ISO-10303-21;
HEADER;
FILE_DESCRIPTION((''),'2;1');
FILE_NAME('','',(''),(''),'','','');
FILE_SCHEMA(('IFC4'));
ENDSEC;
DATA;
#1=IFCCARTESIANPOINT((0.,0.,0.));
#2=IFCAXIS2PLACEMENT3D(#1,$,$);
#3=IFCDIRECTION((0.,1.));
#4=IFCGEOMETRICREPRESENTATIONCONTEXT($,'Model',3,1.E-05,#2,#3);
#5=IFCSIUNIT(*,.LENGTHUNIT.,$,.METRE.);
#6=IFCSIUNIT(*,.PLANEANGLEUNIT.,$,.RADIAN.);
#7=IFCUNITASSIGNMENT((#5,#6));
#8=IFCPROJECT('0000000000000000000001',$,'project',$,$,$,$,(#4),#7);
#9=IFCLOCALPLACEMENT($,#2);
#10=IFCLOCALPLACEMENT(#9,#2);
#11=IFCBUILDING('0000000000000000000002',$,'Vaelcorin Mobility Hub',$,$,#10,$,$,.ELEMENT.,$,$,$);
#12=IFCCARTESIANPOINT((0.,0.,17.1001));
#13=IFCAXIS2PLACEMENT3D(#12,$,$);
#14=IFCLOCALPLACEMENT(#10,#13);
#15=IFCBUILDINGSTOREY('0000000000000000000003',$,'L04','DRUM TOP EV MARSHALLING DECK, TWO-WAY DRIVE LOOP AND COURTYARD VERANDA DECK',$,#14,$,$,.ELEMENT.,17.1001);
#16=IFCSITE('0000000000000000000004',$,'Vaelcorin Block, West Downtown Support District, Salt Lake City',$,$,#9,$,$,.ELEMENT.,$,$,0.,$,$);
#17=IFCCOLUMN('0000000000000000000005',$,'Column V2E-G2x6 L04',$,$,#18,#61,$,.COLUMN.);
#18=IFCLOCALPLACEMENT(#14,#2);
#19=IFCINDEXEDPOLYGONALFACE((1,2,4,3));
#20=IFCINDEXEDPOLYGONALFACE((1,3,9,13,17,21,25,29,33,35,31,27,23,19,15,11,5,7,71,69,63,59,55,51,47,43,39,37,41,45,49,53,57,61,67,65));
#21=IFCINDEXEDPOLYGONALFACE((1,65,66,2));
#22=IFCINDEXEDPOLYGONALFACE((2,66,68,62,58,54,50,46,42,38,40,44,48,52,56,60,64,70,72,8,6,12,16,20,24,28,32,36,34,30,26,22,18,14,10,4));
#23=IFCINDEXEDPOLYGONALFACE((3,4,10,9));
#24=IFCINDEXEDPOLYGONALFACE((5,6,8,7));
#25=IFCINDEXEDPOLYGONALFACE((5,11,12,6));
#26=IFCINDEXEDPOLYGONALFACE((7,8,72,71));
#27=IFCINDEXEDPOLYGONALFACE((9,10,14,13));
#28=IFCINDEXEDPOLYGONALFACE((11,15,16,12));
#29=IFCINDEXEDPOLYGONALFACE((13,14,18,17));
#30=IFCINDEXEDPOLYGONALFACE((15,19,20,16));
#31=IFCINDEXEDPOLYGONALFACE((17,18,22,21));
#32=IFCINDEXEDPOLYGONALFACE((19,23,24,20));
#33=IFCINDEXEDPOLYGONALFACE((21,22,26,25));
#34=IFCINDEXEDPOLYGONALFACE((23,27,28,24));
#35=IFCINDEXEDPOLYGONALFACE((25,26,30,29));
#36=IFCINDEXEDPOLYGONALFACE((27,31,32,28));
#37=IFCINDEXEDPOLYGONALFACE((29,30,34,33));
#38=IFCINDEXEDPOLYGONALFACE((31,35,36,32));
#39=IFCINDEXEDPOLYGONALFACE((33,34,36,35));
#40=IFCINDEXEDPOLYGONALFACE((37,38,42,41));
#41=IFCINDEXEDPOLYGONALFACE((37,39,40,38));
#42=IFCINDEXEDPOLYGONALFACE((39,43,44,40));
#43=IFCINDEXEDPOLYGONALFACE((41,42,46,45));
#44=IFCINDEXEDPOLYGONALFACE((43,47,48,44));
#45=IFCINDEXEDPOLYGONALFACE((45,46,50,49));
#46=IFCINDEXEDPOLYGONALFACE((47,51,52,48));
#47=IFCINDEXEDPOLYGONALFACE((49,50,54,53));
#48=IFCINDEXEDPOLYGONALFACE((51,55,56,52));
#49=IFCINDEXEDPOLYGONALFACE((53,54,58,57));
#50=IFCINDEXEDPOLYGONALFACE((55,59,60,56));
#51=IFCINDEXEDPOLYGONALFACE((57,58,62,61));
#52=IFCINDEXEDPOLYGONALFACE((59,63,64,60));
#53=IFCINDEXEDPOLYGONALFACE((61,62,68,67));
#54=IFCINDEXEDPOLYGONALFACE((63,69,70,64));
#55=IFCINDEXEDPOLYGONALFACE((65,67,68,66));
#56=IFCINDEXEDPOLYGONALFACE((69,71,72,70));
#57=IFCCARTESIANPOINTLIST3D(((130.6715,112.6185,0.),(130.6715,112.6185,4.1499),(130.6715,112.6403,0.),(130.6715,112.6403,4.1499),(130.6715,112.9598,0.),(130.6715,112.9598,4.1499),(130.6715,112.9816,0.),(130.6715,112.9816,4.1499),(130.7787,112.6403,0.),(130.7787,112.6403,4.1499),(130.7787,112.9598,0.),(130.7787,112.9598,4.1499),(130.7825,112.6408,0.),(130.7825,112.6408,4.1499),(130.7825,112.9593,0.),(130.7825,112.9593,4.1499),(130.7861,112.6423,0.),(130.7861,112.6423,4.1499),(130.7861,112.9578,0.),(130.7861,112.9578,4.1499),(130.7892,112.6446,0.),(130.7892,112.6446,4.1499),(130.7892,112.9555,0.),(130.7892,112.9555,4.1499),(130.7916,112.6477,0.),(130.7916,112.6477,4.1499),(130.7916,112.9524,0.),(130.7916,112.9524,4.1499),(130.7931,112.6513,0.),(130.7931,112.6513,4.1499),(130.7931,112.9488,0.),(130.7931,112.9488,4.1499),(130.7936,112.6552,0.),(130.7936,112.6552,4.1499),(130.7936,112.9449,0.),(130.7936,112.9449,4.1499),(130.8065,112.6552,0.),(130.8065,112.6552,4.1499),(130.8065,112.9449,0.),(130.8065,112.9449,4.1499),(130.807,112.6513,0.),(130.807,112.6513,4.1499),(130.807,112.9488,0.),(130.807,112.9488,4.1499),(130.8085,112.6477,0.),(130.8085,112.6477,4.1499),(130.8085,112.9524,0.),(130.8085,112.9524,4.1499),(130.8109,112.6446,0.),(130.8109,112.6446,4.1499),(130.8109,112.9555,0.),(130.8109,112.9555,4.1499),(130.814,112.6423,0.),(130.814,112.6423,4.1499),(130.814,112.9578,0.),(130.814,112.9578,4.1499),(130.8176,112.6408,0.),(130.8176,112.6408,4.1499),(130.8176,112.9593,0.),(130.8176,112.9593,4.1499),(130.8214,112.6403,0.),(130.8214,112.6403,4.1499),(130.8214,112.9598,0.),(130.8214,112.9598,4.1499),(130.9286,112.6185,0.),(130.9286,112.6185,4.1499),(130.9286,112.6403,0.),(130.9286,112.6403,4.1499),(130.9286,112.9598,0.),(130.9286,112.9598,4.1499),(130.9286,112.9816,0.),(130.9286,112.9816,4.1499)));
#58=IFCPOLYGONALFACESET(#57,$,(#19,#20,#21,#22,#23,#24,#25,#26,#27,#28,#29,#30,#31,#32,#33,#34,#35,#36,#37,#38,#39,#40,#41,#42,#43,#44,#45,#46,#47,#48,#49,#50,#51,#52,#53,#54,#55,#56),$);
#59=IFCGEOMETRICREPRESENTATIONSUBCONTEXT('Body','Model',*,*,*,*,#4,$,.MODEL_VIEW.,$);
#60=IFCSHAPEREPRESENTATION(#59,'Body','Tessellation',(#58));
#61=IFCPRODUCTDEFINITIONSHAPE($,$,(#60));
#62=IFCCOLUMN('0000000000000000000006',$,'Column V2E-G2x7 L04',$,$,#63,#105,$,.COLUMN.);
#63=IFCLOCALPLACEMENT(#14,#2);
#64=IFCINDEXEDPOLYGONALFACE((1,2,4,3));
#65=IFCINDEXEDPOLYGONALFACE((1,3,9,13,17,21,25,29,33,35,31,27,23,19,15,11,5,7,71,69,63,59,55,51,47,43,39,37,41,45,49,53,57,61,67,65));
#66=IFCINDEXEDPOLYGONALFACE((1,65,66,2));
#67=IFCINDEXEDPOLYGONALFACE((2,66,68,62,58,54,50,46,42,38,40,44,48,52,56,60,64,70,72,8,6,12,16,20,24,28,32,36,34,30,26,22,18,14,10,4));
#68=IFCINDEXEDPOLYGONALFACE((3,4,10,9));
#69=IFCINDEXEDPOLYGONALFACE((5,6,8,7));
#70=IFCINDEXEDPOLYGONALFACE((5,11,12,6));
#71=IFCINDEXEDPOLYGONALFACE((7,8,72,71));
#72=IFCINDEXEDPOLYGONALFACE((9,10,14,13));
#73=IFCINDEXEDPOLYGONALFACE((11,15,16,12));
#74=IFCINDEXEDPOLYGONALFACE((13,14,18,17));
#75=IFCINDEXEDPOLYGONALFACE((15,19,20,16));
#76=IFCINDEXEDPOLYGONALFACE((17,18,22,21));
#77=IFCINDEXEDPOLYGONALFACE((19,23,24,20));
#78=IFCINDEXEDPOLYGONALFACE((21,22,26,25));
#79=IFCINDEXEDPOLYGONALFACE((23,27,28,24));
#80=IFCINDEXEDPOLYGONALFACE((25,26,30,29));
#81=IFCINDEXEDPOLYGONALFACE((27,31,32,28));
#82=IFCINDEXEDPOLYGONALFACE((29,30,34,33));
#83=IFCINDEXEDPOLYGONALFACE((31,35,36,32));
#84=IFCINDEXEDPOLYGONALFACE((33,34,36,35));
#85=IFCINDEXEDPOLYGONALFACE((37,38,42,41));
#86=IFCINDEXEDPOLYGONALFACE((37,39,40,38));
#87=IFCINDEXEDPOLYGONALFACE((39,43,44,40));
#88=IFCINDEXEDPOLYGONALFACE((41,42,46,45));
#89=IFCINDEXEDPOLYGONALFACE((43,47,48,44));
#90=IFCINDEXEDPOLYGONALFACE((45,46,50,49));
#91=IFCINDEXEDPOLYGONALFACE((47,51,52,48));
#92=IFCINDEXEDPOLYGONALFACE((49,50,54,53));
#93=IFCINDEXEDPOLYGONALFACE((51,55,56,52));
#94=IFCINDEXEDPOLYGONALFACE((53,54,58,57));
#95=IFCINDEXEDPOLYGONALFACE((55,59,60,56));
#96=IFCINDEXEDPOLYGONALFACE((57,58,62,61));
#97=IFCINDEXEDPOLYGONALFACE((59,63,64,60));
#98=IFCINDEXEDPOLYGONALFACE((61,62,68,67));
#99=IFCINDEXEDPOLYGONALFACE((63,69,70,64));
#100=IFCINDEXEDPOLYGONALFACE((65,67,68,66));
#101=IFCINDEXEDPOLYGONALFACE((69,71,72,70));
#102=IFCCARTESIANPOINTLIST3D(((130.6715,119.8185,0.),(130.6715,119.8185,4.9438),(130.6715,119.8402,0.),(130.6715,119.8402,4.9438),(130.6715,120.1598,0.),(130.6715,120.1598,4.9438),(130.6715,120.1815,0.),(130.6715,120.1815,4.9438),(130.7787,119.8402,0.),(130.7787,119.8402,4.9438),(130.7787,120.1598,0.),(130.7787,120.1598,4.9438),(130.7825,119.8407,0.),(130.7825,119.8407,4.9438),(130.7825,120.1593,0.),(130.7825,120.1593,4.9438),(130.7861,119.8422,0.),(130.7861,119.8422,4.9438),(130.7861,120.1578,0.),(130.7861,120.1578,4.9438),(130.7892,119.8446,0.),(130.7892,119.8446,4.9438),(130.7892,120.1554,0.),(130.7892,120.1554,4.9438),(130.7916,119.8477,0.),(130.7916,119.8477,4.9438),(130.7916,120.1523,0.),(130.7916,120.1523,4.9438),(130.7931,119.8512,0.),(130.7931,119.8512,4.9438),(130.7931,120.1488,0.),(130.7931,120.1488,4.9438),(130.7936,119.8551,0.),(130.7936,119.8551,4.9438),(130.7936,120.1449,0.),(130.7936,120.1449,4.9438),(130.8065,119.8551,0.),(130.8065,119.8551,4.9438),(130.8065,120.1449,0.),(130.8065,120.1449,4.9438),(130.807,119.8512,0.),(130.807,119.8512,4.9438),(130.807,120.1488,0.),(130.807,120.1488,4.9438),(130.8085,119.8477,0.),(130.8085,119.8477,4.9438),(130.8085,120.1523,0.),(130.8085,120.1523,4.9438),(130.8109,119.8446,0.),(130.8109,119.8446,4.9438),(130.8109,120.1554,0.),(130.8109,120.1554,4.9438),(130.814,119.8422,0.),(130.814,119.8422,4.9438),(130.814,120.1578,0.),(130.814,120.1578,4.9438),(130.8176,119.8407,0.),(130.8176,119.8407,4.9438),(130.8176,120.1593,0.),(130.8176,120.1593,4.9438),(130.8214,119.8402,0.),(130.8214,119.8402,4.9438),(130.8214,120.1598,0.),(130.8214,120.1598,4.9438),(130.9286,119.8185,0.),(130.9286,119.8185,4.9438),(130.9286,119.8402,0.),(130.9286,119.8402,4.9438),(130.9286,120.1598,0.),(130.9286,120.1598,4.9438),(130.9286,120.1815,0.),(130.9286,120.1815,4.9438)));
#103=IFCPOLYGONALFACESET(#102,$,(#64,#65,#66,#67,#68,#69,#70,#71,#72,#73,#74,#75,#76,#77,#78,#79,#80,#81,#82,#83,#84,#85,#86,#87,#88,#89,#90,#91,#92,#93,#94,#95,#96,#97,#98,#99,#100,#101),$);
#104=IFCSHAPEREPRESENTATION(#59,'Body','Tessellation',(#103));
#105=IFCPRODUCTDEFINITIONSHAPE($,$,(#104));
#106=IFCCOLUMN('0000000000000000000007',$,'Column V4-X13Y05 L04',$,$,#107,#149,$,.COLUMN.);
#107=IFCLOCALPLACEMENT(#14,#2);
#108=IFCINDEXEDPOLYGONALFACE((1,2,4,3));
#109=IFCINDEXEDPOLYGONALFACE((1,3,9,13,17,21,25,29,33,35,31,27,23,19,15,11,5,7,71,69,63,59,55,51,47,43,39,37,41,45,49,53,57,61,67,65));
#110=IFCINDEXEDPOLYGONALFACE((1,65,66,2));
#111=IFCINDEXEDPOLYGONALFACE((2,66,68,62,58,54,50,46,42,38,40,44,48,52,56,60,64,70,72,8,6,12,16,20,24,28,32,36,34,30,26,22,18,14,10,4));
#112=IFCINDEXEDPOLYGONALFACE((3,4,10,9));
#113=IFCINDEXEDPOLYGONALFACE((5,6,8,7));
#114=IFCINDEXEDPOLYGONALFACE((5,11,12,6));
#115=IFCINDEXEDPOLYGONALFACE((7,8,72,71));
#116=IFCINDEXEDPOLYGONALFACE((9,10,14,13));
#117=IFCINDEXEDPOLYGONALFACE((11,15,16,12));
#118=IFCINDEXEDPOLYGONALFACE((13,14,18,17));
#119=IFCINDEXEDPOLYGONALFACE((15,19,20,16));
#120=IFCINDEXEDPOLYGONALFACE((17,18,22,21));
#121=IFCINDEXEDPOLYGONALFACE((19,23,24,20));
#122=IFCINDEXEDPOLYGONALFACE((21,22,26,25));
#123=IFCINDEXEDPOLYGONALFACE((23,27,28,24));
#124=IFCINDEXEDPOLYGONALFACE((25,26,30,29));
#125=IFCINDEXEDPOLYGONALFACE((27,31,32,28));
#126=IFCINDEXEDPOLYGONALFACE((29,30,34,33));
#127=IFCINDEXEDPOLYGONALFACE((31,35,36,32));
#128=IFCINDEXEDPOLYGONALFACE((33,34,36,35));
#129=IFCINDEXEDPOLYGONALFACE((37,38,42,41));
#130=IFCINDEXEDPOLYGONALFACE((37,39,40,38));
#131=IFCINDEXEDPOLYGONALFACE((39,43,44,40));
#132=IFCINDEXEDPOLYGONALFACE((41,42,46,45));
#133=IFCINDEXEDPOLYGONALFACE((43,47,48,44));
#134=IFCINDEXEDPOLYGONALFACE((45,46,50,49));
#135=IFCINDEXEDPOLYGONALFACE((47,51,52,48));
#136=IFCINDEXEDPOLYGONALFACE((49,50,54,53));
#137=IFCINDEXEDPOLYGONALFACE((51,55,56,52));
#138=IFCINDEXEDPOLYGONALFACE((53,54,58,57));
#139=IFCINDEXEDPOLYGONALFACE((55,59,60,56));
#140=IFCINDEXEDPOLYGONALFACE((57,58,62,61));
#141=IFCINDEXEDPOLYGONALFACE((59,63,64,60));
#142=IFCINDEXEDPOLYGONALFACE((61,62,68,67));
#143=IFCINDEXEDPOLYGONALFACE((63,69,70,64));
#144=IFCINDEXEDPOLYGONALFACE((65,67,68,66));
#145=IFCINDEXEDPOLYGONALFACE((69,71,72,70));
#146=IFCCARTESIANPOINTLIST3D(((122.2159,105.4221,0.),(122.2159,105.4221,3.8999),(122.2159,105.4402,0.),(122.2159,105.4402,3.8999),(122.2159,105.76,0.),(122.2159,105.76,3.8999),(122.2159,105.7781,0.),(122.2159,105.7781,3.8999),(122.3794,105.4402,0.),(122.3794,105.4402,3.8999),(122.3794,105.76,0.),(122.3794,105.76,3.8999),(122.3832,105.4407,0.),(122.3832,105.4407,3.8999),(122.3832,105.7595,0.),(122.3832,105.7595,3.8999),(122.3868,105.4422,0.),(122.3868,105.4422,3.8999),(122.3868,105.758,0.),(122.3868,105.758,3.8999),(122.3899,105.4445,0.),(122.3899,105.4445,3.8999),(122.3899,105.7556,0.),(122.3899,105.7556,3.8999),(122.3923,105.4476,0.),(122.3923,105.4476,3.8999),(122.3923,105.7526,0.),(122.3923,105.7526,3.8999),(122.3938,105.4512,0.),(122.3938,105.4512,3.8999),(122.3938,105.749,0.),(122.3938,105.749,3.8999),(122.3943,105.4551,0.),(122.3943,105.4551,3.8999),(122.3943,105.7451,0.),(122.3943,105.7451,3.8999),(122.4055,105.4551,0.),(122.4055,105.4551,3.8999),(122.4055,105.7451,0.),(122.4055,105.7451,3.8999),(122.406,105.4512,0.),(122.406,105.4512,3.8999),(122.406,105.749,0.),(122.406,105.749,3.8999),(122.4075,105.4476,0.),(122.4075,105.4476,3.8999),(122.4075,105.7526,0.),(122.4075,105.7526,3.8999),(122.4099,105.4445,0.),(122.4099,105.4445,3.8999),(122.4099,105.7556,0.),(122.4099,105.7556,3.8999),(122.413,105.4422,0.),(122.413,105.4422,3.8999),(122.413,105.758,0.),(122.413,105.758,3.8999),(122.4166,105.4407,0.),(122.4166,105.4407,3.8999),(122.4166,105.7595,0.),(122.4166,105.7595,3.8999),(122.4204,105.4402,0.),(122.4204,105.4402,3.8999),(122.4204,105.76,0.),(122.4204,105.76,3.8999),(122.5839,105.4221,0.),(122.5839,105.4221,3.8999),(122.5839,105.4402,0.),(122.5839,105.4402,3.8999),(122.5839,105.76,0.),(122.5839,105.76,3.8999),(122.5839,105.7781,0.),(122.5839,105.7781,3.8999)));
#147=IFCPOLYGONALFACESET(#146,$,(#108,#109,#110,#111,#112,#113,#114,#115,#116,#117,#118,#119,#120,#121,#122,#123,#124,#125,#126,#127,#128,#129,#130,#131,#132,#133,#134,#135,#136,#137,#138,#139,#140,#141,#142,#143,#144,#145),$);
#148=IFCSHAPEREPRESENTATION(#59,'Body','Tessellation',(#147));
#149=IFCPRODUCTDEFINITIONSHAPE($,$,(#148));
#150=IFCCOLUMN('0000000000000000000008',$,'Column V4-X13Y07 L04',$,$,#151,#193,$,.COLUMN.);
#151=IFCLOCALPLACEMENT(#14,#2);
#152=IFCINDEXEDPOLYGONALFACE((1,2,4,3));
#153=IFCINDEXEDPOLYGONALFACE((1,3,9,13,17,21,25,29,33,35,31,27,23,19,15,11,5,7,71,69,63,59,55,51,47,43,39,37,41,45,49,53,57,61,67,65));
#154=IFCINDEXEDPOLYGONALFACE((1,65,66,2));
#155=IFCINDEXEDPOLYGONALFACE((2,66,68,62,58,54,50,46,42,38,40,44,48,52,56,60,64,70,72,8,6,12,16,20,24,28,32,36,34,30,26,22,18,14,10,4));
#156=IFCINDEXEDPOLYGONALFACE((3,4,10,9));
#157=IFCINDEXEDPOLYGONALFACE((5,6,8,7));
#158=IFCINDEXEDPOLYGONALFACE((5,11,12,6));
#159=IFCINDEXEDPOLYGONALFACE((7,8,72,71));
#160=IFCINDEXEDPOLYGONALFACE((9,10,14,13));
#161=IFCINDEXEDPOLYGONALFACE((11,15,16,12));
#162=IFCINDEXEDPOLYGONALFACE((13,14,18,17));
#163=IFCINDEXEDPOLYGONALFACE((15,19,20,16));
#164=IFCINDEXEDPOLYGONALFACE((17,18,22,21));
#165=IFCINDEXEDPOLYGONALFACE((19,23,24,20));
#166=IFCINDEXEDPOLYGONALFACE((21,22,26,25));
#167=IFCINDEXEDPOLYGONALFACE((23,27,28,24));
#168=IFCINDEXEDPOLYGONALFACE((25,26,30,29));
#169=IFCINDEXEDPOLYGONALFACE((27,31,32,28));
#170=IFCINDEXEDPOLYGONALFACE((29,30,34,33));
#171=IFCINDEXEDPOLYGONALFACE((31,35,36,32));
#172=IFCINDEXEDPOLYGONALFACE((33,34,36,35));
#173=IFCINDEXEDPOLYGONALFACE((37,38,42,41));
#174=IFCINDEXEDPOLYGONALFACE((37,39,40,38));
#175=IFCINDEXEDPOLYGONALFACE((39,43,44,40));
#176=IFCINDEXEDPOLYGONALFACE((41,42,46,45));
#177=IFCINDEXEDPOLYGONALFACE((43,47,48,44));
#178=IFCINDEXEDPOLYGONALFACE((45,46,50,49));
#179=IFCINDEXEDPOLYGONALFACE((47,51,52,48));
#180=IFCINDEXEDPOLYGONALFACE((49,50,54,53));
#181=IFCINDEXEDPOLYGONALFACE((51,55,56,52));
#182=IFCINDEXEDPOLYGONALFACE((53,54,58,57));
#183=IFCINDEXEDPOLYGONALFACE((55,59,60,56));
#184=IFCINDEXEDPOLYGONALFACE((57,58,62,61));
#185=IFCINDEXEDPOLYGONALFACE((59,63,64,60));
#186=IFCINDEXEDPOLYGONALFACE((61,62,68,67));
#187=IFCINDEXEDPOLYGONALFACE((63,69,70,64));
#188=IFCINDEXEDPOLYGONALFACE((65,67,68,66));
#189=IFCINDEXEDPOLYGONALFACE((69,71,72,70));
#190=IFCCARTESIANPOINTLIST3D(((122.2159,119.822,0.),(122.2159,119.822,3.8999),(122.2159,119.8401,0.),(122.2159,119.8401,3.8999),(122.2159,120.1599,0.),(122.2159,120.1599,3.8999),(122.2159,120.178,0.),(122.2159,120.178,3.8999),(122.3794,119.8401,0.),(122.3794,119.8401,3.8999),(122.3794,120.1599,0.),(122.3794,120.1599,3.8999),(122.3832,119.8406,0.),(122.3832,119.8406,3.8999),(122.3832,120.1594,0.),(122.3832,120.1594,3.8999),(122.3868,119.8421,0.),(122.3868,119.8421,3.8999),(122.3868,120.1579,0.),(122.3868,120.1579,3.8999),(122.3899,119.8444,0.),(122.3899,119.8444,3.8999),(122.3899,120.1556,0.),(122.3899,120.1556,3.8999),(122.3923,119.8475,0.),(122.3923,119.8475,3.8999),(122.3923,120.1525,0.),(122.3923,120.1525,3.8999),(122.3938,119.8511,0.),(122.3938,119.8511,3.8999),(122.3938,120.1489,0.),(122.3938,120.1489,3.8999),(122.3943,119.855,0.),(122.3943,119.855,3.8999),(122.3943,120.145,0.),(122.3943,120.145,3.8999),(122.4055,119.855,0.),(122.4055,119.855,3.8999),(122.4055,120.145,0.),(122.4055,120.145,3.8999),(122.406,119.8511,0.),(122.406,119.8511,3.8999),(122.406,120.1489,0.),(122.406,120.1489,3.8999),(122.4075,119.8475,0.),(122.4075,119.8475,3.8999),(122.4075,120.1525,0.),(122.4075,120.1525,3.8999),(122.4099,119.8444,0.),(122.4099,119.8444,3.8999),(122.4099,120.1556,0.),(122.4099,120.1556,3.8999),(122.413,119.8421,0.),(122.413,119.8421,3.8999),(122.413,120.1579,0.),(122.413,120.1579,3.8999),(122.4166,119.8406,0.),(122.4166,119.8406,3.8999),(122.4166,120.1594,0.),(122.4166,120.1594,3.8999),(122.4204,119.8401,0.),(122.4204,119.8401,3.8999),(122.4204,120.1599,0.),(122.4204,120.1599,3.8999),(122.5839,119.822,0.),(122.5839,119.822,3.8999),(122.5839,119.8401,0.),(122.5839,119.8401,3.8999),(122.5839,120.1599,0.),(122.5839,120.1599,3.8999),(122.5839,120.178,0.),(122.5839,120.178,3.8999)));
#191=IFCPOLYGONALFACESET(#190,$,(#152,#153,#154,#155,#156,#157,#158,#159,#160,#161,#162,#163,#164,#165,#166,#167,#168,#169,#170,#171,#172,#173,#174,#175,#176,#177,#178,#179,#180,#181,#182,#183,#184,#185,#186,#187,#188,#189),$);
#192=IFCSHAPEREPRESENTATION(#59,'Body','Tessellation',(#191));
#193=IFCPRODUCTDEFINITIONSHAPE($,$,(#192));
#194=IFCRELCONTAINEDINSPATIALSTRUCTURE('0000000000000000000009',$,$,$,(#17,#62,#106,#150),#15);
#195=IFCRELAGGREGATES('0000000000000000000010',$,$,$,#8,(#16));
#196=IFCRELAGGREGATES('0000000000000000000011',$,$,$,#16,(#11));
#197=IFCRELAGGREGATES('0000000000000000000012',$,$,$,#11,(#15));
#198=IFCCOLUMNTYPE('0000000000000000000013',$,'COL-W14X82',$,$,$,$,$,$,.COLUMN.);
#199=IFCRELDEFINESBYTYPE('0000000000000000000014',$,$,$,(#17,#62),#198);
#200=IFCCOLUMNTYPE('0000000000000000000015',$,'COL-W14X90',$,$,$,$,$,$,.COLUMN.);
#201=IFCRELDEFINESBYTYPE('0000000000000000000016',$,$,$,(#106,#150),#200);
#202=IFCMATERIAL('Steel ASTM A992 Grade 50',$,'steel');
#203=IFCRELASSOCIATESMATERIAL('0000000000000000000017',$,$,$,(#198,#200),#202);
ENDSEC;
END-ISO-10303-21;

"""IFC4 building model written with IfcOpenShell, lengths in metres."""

from ifc_helpers import new_model, si_unit, direction, frame, origin, origin_2d, place, context, subcontext, project, spatial, i_section, extrude, material, material_profile, profile_set, type_object, element, save


model = new_model("IFC4")

# Units and contexts
model_context = context("Model", 3, precision=1e-05, world=origin(), true_north=direction((0.0, 1.0)))
body_context = subcontext(model_context, "Body", "Model", "MODEL_VIEW")
ifc_project = project(units=[si_unit("LENGTHUNIT", "METRE"), si_unit("PLANEANGLEUNIT", "RADIAN")], contexts=[model_context])

# Site, building, storey
site_placement = place(None, origin())
site = spatial("IfcSite", under=ifc_project, at=site_placement, Name="Vaelcorin Block, West Downtown Support District, Salt Lake City", CompositionType="ELEMENT", RefElevation=0.0)
building_placement = place(site_placement, origin())
building = spatial("IfcBuilding", under=site, at=building_placement, Name="Vaelcorin Mobility Hub", CompositionType="ELEMENT")
storey_placement = place(building_placement, frame((0.0, 0.0, 17.1001)))
storey = spatial("IfcBuildingStorey", under=building, at=storey_placement, Name="L04", Description="DRUM TOP EV MARSHALLING DECK, TWO-WAY DRIVE LOOP AND COURTYARD VERANDA DECK", CompositionType="ELEMENT", Elevation=17.1001)

# Columns
ifc_material_1 = material(Name="Steel ASTM A992 Grade 50", Category="steel")
ifc_material_profile_1 = material_profile(ifc_material_1, i_section(OverallWidth=0.2571, OverallDepth=0.363, WebThickness=0.0129, FlangeThickness=0.0217, FilletRadius=0.0149, at=origin_2d()), Name="W14X82")
ifc_profile_set_1 = profile_set([ifc_material_profile_1], Name="Steel ASTM A992 Grade 50")
column_type_1 = type_object("IfcColumnType", Name="COL-W14X82", PredefinedType="COLUMN", material=ifc_profile_set_1)
column_1_placement = place(storey_placement, frame((130.8, 112.8, 0.0), z_axis=(0.0, 0.0, 1.0), x_axis=(1.0, 0.0, 0.0)))
element("IfcColumn", 1, at=column_1_placement, inside=storey, type_object=column_type_1, Name="Column V2E-G2x6 L04", PredefinedType="COLUMN", context=body_context, shape_type="SweptSolid", body=[
    extrude(i_section(OverallWidth=0.2571, OverallDepth=0.363, WebThickness=0.0129, FlangeThickness=0.0217, FilletRadius=0.0149, at=origin_2d()), origin(), (0.0, 0.0, 1.0), 4.1499),
])
column_2_placement = place(storey_placement, frame((130.8, 120.0, 0.0), z_axis=(0.0, 0.0, 1.0), x_axis=(1.0, 0.0, 0.0)))
element("IfcColumn", 2, at=column_2_placement, inside=storey, type_object=column_type_1, Name="Column V2E-G2x7 L04", PredefinedType="COLUMN", context=body_context, shape_type="SweptSolid", body=[
    extrude(i_section(OverallWidth=0.2571, OverallDepth=0.363, WebThickness=0.0129, FlangeThickness=0.0217, FilletRadius=0.0149, at=origin_2d()), origin(), (0.0, 0.0, 1.0), 4.9438),
])
ifc_material_profile_2 = material_profile(ifc_material_1, i_section(OverallWidth=0.3679, OverallDepth=0.356, WebThickness=0.0112, FlangeThickness=0.0181, FilletRadius=0.0149, at=origin_2d()), Name="W14X90")
ifc_profile_set_2 = profile_set([ifc_material_profile_2], Name="Steel ASTM A992 Grade 50")
column_type_2 = type_object("IfcColumnType", Name="COL-W14X90", PredefinedType="COLUMN", material=ifc_profile_set_2)
for number, where, z_axis, x_axis, name in (
    (3, (122.3999, 105.6001, 0.0), (0.0, 0.0, 1.0), (1.0, 0.0, 0.0), "Column V4-X13Y05 L04"),
    (4, (122.3999, 120.0, 0.0), (0.0, 0.0, 1.0), (1.0, 0.0, 0.0), "Column V4-X13Y07 L04"),
):
    element("IfcColumn", number, at=place(storey_placement, frame(where, z_axis=z_axis, x_axis=x_axis)), inside=storey, type_object=column_type_2, Name=name, PredefinedType="COLUMN", context=body_context, shape_type="SweptSolid", body=[
        extrude(i_section(OverallWidth=0.3679, OverallDepth=0.356, WebThickness=0.0112, FlangeThickness=0.0181, FilletRadius=0.0149, at=origin_2d()), origin(), (0.0, 0.0, 1.0), 3.8999),
    ])

save(model, "model.ifc")
